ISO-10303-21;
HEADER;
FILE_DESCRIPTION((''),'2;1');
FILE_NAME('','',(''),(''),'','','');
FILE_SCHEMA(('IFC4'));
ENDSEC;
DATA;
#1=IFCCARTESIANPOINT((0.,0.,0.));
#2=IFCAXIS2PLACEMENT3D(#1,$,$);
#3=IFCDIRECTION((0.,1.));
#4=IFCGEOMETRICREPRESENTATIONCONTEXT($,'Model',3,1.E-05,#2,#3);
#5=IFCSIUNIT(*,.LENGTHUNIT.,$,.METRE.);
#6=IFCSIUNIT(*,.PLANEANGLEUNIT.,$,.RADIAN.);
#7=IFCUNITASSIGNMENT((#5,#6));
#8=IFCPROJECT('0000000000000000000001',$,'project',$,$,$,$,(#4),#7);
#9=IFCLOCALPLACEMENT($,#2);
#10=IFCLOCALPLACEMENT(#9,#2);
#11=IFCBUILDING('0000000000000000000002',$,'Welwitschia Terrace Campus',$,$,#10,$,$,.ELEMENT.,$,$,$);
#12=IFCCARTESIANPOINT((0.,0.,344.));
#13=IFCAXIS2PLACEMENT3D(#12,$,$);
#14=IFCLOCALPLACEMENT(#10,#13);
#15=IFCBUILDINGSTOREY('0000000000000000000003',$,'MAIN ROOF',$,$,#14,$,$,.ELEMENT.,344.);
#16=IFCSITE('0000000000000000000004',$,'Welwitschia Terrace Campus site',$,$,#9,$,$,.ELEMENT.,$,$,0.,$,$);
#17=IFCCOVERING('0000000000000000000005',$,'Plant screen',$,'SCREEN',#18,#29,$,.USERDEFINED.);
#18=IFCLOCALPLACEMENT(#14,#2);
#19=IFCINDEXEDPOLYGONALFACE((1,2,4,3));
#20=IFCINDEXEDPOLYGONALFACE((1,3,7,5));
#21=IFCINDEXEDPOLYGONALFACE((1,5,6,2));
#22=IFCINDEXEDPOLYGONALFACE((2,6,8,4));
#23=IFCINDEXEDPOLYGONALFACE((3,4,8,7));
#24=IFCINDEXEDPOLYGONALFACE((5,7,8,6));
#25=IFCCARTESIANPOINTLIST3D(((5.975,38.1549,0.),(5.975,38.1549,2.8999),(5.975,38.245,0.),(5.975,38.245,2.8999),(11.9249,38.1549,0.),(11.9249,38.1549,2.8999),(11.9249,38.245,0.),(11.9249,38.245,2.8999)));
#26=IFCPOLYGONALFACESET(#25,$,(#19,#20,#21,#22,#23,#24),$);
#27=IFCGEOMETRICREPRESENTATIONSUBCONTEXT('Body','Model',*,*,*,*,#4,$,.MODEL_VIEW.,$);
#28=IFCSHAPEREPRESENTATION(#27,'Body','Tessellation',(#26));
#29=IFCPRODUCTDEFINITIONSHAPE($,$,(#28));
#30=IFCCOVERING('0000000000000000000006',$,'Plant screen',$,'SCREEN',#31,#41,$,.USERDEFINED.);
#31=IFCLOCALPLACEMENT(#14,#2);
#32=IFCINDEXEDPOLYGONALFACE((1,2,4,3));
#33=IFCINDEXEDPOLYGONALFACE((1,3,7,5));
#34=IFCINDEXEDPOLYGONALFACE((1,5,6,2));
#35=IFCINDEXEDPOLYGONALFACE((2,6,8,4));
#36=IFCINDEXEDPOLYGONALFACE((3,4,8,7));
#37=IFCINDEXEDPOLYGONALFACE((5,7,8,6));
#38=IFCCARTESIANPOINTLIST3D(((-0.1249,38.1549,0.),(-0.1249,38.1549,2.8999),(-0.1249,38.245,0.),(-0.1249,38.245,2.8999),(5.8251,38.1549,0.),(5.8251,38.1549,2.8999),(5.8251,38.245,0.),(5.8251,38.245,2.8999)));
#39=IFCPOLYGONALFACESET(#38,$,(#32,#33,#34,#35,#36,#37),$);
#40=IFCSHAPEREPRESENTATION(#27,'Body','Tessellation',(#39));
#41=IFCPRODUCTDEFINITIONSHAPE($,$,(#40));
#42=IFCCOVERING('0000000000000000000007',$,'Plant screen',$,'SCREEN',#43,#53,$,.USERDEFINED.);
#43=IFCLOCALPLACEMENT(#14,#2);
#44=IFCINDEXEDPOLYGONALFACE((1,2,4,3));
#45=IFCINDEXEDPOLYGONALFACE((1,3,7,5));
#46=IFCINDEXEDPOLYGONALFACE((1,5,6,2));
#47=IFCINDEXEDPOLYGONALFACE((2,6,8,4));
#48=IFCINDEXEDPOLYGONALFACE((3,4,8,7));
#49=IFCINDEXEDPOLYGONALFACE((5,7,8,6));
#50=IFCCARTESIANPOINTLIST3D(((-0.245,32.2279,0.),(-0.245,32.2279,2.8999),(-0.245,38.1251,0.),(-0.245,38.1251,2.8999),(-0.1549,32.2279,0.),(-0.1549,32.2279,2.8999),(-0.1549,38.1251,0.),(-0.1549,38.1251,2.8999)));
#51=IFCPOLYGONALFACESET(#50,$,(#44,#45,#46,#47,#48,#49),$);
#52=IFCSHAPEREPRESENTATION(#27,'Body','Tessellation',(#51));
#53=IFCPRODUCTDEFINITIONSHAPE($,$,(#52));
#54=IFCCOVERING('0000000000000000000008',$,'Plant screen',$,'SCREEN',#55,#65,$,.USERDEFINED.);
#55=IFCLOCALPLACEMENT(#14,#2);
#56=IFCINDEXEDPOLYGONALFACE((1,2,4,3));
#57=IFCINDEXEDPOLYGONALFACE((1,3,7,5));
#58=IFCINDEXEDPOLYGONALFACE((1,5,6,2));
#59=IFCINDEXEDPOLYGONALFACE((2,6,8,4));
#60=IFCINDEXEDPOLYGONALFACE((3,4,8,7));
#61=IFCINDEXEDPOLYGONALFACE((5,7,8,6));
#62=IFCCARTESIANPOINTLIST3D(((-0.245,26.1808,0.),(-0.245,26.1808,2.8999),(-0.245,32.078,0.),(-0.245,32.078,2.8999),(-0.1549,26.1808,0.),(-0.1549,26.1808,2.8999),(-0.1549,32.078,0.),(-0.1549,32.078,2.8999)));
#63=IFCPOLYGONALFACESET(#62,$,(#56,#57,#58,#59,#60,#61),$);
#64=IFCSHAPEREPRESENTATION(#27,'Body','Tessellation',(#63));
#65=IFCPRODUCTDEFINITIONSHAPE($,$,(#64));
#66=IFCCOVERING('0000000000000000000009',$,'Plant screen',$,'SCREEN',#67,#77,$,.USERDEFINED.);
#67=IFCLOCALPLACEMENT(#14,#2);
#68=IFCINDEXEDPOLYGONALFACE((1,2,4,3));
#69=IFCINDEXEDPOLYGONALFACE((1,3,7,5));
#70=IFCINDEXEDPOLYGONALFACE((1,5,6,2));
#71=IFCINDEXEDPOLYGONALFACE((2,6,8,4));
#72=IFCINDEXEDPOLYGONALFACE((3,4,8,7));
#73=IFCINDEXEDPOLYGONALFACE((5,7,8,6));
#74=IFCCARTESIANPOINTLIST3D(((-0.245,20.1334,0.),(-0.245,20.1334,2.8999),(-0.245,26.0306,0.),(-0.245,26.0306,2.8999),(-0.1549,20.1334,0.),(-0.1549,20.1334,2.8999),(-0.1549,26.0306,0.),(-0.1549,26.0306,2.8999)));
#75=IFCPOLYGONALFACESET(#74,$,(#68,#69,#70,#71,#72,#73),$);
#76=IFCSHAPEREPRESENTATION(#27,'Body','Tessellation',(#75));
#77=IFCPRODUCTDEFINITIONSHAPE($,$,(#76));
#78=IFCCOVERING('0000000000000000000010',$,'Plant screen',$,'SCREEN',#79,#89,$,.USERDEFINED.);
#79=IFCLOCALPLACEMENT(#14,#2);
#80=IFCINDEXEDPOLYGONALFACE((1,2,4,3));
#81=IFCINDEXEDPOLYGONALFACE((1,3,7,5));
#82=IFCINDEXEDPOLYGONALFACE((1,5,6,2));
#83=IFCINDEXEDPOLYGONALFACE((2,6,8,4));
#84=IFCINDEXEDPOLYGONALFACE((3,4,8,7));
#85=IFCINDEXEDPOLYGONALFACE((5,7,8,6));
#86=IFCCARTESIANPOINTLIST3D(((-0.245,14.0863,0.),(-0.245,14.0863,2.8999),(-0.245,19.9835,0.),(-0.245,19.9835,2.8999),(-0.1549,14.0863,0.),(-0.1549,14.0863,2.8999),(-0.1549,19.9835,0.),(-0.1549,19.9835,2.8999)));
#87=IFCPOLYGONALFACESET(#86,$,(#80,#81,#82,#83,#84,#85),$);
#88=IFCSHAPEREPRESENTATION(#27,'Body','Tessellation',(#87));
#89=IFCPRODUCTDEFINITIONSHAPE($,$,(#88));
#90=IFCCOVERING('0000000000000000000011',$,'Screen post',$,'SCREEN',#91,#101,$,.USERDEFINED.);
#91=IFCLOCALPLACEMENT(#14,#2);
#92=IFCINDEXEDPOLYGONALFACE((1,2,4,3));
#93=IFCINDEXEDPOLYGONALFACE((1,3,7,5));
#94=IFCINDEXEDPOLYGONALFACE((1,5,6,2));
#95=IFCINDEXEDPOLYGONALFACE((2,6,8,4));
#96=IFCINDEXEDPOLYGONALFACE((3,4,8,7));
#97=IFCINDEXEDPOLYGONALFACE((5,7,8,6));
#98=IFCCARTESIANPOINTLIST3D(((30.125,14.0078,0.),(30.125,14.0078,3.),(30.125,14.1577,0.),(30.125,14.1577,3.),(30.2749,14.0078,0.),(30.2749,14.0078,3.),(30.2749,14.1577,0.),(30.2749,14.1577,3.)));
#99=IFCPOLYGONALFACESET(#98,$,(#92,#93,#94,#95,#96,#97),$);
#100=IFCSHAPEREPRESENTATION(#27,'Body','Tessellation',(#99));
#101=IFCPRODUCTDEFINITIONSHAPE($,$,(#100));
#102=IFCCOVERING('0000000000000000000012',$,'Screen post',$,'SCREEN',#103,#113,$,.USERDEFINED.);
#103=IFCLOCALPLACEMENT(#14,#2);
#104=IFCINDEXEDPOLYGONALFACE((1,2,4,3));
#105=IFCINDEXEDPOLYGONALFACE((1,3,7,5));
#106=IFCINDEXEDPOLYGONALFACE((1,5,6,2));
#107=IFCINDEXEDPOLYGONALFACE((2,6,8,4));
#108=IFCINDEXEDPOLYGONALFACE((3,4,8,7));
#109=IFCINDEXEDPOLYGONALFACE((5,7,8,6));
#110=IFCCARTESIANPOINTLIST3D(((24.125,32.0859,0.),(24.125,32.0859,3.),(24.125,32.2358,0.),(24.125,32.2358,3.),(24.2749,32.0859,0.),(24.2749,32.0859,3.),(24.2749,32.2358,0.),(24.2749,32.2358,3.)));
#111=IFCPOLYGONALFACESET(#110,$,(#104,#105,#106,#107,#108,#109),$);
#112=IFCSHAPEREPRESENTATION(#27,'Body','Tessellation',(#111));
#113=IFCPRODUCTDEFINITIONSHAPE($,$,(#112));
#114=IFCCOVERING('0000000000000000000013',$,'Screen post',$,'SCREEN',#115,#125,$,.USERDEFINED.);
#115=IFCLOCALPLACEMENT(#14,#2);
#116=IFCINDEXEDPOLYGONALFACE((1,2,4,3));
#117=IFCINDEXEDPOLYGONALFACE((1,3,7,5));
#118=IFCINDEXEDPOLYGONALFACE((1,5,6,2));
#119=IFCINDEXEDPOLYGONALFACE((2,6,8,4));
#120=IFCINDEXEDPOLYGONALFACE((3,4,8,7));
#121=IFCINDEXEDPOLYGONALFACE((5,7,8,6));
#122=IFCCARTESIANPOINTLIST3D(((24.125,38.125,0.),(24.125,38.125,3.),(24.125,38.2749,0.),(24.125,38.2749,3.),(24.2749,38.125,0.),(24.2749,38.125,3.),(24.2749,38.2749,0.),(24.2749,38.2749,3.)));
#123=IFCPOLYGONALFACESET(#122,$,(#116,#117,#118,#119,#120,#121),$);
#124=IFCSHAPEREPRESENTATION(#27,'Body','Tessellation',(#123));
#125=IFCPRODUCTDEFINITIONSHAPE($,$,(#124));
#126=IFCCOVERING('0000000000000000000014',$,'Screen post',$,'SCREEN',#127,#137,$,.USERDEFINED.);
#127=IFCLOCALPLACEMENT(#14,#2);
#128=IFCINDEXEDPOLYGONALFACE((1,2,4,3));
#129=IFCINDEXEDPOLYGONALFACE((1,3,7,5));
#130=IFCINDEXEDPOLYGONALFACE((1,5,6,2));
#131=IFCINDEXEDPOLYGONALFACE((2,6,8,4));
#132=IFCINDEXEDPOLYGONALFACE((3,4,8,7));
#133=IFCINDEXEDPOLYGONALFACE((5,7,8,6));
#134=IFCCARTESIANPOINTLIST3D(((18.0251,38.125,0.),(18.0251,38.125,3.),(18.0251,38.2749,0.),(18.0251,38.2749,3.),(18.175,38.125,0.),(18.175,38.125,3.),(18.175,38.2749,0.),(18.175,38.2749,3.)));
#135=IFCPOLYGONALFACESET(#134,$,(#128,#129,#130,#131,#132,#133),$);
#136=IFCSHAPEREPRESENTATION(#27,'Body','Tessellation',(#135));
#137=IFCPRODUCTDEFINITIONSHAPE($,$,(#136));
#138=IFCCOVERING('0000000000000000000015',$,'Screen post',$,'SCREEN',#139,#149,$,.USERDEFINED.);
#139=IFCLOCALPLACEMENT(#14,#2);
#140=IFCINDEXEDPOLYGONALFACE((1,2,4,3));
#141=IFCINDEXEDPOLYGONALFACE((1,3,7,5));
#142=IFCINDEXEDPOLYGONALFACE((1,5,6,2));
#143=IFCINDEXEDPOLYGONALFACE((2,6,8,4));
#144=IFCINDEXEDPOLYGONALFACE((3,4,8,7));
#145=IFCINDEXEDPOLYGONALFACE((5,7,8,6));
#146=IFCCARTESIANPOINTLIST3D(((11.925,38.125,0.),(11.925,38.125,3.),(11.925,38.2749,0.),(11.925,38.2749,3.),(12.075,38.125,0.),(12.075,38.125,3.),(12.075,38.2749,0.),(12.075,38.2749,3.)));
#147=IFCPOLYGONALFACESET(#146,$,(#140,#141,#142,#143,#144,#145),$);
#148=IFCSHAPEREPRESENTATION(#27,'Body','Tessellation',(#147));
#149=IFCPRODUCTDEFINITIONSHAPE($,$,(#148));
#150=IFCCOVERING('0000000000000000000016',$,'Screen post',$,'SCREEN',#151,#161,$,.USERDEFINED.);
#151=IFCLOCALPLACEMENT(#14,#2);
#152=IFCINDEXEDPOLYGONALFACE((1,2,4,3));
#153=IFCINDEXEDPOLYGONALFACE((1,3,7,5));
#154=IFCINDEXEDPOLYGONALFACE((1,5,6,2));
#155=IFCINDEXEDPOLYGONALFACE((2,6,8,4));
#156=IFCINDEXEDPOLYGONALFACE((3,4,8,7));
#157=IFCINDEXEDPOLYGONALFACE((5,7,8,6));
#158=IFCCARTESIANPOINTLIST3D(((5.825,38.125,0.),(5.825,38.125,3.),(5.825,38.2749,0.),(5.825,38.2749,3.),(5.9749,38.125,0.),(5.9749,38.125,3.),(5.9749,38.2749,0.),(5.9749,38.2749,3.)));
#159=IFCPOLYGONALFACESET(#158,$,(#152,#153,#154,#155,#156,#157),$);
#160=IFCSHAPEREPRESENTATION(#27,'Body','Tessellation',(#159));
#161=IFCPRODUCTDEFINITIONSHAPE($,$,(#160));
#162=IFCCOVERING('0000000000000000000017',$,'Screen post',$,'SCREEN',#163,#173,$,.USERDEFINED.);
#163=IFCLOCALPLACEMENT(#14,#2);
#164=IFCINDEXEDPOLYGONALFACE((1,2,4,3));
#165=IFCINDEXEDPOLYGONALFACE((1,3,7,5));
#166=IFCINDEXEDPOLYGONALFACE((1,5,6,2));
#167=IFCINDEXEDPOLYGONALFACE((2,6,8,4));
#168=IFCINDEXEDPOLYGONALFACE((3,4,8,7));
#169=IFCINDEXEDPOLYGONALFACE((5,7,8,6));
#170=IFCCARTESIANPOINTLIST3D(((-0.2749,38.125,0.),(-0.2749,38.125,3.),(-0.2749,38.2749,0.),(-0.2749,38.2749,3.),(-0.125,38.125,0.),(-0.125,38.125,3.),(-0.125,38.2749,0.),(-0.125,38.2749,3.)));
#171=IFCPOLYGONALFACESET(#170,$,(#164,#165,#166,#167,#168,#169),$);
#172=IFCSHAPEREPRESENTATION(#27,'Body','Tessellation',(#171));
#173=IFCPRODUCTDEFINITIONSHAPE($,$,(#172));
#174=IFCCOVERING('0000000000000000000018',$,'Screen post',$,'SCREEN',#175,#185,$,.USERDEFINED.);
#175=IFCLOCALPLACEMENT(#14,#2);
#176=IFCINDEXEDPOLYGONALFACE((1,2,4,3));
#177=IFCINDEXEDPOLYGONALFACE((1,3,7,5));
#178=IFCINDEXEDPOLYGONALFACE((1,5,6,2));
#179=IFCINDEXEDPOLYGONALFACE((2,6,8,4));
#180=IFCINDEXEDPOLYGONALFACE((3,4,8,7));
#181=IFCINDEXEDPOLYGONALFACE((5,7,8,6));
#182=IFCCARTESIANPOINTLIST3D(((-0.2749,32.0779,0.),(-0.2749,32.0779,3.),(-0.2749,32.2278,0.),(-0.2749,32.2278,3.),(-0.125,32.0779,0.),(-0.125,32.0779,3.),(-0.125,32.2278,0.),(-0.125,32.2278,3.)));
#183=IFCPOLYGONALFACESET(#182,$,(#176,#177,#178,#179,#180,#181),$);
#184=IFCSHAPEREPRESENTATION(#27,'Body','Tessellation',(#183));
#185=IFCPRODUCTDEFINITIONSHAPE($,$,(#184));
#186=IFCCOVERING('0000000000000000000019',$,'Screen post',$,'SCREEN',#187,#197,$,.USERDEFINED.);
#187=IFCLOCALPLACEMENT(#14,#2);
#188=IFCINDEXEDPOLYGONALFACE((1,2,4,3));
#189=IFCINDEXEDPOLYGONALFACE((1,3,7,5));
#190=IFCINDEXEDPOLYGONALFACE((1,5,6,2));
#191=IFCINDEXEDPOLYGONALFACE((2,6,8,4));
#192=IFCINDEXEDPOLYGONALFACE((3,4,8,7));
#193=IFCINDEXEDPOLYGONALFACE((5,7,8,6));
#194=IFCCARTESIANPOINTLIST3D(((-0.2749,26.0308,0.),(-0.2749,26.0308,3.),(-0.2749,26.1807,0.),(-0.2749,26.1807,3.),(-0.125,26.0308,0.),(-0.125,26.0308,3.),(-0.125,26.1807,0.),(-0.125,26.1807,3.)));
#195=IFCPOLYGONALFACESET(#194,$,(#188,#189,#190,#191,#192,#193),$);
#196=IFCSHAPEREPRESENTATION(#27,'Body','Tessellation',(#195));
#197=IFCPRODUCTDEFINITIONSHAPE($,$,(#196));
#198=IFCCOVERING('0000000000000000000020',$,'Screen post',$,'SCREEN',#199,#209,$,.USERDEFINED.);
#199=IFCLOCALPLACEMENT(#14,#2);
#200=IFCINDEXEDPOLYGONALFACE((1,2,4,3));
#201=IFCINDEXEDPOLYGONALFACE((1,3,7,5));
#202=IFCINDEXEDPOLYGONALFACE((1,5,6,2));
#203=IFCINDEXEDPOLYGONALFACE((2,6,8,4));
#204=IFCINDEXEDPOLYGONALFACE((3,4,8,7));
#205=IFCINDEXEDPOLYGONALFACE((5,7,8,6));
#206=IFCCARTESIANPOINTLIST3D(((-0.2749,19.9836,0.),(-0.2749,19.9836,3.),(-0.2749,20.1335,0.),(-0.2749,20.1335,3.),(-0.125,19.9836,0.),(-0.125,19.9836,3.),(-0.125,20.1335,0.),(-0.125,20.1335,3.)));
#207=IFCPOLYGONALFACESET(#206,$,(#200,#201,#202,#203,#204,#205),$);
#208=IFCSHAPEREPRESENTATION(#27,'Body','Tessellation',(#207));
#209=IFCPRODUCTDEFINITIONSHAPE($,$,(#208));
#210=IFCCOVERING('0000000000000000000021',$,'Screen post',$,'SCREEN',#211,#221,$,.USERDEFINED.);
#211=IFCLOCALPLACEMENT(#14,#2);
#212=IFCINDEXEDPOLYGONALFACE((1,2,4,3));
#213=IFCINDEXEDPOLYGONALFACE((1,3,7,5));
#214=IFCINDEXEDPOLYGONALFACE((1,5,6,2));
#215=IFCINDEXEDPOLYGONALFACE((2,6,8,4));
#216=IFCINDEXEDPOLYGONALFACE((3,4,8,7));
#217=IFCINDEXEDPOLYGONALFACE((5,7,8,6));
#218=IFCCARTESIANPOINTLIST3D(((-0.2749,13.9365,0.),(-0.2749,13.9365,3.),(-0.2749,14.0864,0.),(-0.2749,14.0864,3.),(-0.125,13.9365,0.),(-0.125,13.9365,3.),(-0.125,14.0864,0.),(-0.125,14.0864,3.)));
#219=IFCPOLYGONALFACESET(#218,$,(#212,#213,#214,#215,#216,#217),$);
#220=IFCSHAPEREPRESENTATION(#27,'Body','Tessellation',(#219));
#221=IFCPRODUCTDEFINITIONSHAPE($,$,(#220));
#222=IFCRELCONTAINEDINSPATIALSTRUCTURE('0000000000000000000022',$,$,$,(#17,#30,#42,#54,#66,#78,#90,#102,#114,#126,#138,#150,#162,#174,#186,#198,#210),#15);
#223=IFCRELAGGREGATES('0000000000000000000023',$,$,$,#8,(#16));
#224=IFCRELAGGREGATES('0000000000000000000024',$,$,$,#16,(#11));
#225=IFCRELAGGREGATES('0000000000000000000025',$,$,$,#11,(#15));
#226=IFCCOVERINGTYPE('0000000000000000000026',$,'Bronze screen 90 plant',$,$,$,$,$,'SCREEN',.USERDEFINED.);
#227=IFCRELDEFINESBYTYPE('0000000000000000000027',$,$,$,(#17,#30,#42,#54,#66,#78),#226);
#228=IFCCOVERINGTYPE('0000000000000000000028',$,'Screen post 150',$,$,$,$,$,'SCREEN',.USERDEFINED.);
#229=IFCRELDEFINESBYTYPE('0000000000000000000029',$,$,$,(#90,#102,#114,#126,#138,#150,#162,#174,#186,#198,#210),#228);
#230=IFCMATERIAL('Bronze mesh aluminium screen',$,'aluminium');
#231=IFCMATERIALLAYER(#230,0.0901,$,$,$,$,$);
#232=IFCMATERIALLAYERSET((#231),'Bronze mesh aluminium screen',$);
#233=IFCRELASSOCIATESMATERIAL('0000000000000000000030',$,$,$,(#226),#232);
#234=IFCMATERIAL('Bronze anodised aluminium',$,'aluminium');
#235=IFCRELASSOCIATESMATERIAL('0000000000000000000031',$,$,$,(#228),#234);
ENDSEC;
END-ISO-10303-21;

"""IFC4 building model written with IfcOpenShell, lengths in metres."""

from ifc_helpers import new_model, si_unit, direction, frame, origin, origin_2d, place, context, subcontext, project, spatial, rectangle, extrude, material, layer, layer_set, type_object, element, save


model = new_model("IFC4")

# Units and contexts
model_context = context("Model", 3, precision=1e-05, world=origin(), true_north=direction((0.0, 1.0)))
body_context = subcontext(model_context, "Body", "Model", "MODEL_VIEW")
ifc_project = project(units=[si_unit("LENGTHUNIT", "METRE"), si_unit("PLANEANGLEUNIT", "RADIAN")], contexts=[model_context])

# Site, building, storey
site_placement = place(None, origin())
site = spatial("IfcSite", under=ifc_project, at=site_placement, Name="Welwitschia Terrace Campus site", CompositionType="ELEMENT", RefElevation=0.0)
building_placement = place(site_placement, origin())
building = spatial("IfcBuilding", under=site, at=building_placement, Name="Welwitschia Terrace Campus", CompositionType="ELEMENT")
storey_placement = place(building_placement, frame((0.0, 0.0, 344.0)))
storey = spatial("IfcBuildingStorey", under=building, at=storey_placement, Name="MAIN ROOF", CompositionType="ELEMENT", Elevation=344.0)

# Coverings
ifc_material_1 = material(Name="Bronze mesh aluminium screen", Category="aluminium")
ifc_layer_1 = layer(ifc_material_1, 0.0901)
ifc_layer_set_1 = layer_set([ifc_layer_1], Name="Bronze mesh aluminium screen")
covering_type_1 = type_object("IfcCoveringType", Name="Bronze screen 90 plant", ElementType="SCREEN", PredefinedType="USERDEFINED", material=ifc_layer_set_1)
for number, where, z_axis, x_axis, name in (
    (1, (8.95, 38.2, 0.0), (0.0, 0.0, 1.0), (-1.0, 0.0, 0.0), "Plant screen"),
    (2, (2.8501, 38.2, 0.0), (0.0, 0.0, 1.0), (-1.0, 0.0, 0.0), "Plant screen"),
):
    element("IfcCovering", number, at=place(storey_placement, frame(where, z_axis=z_axis, x_axis=x_axis)), inside=storey, type_object=covering_type_1, Name=name, ObjectType="SCREEN", PredefinedType="USERDEFINED", context=body_context, shape_type="SweptSolid", body=[
        extrude(rectangle(XDim=5.95, YDim=0.0901, at=origin_2d()), origin(), (0.0, 0.0, 1.0), 2.8999),
    ])
for number, where, z_axis, x_axis, name in (
    (3, (-0.2, 35.1765, 0.0), (0.0, 0.0, 1.0), (0.0, -1.0, 0.0), "Plant screen"),
    (4, (-0.2, 29.1294, 0.0), (0.0, 0.0, 1.0), (0.0, -1.0, 0.0), "Plant screen"),
    (5, (-0.2, 23.082, 0.0), (0.0, 0.0, 1.0), (0.0, -1.0, 0.0), "Plant screen"),
    (6, (-0.2, 17.0349, 0.0), (0.0, 0.0, 1.0), (0.0, -1.0, 0.0), "Plant screen"),
):
    element("IfcCovering", number, at=place(storey_placement, frame(where, z_axis=z_axis, x_axis=x_axis)), inside=storey, type_object=covering_type_1, Name=name, ObjectType="SCREEN", PredefinedType="USERDEFINED", context=body_context, shape_type="SweptSolid", body=[
        extrude(rectangle(XDim=5.8972, YDim=0.0901, at=origin_2d()), origin(), (0.0, 0.0, 1.0), 2.8999),
    ])
ifc_material_2 = material(Name="Bronze anodised aluminium", Category="aluminium")
covering_type_2 = type_object("IfcCoveringType", Name="Screen post 150", ElementType="SCREEN", PredefinedType="USERDEFINED", material=ifc_material_2)
for number, where, z_axis, x_axis, name in (
    (7, (30.2, 14.0828, 0.0), (0.0, 0.0, 1.0), (0.0, 1.0, 0.0), "Screen post"),
    (8, (24.2, 32.1609, 0.0), (0.0, 0.0, 1.0), (0.0, 1.0, 0.0), "Screen post"),
    (9, (24.2, 38.2, 0.0), (0.0, 0.0, 1.0), (0.0, 1.0, 0.0), "Screen post"),
    (10, (18.1001, 38.2, 0.0), (0.0, 0.0, 1.0), (-1.0, 0.0, 0.0), "Screen post"),
    (11, (12.0, 38.2, 0.0), (0.0, 0.0, 1.0), (-1.0, 0.0, 0.0), "Screen post"),
    (12, (5.8999, 38.2, 0.0), (0.0, 0.0, 1.0), (-1.0, 0.0, 0.0), "Screen post"),
    (13, (-0.2, 38.2, 0.0), (0.0, 0.0, 1.0), (-1.0, 0.0, 0.0), "Screen post"),
    (14, (-0.2, 32.1528, 0.0), (0.0, 0.0, 1.0), (0.0, -1.0, 0.0), "Screen post"),
    (15, (-0.2, 26.1057, 0.0), (0.0, 0.0, 1.0), (0.0, -1.0, 0.0), "Screen post"),
    (16, (-0.2, 20.0586, 0.0), (0.0, 0.0, 1.0), (0.0, -1.0, 0.0), "Screen post"),
    (17, (-0.2, 14.0115, 0.0), (0.0, 0.0, 1.0), (0.0, -1.0, 0.0), "Screen post"),
):
    element("IfcCovering", number, at=place(storey_placement, frame(where, z_axis=z_axis, x_axis=x_axis)), inside=storey, type_object=covering_type_2, Name=name, ObjectType="SCREEN", PredefinedType="USERDEFINED", context=body_context, shape_type="SweptSolid", body=[
        extrude(rectangle(XDim=0.1499, YDim=0.1499, at=origin_2d()), origin(), (0.0, 0.0, 1.0), 3.0),
    ])

save(model, "model.ifc")
